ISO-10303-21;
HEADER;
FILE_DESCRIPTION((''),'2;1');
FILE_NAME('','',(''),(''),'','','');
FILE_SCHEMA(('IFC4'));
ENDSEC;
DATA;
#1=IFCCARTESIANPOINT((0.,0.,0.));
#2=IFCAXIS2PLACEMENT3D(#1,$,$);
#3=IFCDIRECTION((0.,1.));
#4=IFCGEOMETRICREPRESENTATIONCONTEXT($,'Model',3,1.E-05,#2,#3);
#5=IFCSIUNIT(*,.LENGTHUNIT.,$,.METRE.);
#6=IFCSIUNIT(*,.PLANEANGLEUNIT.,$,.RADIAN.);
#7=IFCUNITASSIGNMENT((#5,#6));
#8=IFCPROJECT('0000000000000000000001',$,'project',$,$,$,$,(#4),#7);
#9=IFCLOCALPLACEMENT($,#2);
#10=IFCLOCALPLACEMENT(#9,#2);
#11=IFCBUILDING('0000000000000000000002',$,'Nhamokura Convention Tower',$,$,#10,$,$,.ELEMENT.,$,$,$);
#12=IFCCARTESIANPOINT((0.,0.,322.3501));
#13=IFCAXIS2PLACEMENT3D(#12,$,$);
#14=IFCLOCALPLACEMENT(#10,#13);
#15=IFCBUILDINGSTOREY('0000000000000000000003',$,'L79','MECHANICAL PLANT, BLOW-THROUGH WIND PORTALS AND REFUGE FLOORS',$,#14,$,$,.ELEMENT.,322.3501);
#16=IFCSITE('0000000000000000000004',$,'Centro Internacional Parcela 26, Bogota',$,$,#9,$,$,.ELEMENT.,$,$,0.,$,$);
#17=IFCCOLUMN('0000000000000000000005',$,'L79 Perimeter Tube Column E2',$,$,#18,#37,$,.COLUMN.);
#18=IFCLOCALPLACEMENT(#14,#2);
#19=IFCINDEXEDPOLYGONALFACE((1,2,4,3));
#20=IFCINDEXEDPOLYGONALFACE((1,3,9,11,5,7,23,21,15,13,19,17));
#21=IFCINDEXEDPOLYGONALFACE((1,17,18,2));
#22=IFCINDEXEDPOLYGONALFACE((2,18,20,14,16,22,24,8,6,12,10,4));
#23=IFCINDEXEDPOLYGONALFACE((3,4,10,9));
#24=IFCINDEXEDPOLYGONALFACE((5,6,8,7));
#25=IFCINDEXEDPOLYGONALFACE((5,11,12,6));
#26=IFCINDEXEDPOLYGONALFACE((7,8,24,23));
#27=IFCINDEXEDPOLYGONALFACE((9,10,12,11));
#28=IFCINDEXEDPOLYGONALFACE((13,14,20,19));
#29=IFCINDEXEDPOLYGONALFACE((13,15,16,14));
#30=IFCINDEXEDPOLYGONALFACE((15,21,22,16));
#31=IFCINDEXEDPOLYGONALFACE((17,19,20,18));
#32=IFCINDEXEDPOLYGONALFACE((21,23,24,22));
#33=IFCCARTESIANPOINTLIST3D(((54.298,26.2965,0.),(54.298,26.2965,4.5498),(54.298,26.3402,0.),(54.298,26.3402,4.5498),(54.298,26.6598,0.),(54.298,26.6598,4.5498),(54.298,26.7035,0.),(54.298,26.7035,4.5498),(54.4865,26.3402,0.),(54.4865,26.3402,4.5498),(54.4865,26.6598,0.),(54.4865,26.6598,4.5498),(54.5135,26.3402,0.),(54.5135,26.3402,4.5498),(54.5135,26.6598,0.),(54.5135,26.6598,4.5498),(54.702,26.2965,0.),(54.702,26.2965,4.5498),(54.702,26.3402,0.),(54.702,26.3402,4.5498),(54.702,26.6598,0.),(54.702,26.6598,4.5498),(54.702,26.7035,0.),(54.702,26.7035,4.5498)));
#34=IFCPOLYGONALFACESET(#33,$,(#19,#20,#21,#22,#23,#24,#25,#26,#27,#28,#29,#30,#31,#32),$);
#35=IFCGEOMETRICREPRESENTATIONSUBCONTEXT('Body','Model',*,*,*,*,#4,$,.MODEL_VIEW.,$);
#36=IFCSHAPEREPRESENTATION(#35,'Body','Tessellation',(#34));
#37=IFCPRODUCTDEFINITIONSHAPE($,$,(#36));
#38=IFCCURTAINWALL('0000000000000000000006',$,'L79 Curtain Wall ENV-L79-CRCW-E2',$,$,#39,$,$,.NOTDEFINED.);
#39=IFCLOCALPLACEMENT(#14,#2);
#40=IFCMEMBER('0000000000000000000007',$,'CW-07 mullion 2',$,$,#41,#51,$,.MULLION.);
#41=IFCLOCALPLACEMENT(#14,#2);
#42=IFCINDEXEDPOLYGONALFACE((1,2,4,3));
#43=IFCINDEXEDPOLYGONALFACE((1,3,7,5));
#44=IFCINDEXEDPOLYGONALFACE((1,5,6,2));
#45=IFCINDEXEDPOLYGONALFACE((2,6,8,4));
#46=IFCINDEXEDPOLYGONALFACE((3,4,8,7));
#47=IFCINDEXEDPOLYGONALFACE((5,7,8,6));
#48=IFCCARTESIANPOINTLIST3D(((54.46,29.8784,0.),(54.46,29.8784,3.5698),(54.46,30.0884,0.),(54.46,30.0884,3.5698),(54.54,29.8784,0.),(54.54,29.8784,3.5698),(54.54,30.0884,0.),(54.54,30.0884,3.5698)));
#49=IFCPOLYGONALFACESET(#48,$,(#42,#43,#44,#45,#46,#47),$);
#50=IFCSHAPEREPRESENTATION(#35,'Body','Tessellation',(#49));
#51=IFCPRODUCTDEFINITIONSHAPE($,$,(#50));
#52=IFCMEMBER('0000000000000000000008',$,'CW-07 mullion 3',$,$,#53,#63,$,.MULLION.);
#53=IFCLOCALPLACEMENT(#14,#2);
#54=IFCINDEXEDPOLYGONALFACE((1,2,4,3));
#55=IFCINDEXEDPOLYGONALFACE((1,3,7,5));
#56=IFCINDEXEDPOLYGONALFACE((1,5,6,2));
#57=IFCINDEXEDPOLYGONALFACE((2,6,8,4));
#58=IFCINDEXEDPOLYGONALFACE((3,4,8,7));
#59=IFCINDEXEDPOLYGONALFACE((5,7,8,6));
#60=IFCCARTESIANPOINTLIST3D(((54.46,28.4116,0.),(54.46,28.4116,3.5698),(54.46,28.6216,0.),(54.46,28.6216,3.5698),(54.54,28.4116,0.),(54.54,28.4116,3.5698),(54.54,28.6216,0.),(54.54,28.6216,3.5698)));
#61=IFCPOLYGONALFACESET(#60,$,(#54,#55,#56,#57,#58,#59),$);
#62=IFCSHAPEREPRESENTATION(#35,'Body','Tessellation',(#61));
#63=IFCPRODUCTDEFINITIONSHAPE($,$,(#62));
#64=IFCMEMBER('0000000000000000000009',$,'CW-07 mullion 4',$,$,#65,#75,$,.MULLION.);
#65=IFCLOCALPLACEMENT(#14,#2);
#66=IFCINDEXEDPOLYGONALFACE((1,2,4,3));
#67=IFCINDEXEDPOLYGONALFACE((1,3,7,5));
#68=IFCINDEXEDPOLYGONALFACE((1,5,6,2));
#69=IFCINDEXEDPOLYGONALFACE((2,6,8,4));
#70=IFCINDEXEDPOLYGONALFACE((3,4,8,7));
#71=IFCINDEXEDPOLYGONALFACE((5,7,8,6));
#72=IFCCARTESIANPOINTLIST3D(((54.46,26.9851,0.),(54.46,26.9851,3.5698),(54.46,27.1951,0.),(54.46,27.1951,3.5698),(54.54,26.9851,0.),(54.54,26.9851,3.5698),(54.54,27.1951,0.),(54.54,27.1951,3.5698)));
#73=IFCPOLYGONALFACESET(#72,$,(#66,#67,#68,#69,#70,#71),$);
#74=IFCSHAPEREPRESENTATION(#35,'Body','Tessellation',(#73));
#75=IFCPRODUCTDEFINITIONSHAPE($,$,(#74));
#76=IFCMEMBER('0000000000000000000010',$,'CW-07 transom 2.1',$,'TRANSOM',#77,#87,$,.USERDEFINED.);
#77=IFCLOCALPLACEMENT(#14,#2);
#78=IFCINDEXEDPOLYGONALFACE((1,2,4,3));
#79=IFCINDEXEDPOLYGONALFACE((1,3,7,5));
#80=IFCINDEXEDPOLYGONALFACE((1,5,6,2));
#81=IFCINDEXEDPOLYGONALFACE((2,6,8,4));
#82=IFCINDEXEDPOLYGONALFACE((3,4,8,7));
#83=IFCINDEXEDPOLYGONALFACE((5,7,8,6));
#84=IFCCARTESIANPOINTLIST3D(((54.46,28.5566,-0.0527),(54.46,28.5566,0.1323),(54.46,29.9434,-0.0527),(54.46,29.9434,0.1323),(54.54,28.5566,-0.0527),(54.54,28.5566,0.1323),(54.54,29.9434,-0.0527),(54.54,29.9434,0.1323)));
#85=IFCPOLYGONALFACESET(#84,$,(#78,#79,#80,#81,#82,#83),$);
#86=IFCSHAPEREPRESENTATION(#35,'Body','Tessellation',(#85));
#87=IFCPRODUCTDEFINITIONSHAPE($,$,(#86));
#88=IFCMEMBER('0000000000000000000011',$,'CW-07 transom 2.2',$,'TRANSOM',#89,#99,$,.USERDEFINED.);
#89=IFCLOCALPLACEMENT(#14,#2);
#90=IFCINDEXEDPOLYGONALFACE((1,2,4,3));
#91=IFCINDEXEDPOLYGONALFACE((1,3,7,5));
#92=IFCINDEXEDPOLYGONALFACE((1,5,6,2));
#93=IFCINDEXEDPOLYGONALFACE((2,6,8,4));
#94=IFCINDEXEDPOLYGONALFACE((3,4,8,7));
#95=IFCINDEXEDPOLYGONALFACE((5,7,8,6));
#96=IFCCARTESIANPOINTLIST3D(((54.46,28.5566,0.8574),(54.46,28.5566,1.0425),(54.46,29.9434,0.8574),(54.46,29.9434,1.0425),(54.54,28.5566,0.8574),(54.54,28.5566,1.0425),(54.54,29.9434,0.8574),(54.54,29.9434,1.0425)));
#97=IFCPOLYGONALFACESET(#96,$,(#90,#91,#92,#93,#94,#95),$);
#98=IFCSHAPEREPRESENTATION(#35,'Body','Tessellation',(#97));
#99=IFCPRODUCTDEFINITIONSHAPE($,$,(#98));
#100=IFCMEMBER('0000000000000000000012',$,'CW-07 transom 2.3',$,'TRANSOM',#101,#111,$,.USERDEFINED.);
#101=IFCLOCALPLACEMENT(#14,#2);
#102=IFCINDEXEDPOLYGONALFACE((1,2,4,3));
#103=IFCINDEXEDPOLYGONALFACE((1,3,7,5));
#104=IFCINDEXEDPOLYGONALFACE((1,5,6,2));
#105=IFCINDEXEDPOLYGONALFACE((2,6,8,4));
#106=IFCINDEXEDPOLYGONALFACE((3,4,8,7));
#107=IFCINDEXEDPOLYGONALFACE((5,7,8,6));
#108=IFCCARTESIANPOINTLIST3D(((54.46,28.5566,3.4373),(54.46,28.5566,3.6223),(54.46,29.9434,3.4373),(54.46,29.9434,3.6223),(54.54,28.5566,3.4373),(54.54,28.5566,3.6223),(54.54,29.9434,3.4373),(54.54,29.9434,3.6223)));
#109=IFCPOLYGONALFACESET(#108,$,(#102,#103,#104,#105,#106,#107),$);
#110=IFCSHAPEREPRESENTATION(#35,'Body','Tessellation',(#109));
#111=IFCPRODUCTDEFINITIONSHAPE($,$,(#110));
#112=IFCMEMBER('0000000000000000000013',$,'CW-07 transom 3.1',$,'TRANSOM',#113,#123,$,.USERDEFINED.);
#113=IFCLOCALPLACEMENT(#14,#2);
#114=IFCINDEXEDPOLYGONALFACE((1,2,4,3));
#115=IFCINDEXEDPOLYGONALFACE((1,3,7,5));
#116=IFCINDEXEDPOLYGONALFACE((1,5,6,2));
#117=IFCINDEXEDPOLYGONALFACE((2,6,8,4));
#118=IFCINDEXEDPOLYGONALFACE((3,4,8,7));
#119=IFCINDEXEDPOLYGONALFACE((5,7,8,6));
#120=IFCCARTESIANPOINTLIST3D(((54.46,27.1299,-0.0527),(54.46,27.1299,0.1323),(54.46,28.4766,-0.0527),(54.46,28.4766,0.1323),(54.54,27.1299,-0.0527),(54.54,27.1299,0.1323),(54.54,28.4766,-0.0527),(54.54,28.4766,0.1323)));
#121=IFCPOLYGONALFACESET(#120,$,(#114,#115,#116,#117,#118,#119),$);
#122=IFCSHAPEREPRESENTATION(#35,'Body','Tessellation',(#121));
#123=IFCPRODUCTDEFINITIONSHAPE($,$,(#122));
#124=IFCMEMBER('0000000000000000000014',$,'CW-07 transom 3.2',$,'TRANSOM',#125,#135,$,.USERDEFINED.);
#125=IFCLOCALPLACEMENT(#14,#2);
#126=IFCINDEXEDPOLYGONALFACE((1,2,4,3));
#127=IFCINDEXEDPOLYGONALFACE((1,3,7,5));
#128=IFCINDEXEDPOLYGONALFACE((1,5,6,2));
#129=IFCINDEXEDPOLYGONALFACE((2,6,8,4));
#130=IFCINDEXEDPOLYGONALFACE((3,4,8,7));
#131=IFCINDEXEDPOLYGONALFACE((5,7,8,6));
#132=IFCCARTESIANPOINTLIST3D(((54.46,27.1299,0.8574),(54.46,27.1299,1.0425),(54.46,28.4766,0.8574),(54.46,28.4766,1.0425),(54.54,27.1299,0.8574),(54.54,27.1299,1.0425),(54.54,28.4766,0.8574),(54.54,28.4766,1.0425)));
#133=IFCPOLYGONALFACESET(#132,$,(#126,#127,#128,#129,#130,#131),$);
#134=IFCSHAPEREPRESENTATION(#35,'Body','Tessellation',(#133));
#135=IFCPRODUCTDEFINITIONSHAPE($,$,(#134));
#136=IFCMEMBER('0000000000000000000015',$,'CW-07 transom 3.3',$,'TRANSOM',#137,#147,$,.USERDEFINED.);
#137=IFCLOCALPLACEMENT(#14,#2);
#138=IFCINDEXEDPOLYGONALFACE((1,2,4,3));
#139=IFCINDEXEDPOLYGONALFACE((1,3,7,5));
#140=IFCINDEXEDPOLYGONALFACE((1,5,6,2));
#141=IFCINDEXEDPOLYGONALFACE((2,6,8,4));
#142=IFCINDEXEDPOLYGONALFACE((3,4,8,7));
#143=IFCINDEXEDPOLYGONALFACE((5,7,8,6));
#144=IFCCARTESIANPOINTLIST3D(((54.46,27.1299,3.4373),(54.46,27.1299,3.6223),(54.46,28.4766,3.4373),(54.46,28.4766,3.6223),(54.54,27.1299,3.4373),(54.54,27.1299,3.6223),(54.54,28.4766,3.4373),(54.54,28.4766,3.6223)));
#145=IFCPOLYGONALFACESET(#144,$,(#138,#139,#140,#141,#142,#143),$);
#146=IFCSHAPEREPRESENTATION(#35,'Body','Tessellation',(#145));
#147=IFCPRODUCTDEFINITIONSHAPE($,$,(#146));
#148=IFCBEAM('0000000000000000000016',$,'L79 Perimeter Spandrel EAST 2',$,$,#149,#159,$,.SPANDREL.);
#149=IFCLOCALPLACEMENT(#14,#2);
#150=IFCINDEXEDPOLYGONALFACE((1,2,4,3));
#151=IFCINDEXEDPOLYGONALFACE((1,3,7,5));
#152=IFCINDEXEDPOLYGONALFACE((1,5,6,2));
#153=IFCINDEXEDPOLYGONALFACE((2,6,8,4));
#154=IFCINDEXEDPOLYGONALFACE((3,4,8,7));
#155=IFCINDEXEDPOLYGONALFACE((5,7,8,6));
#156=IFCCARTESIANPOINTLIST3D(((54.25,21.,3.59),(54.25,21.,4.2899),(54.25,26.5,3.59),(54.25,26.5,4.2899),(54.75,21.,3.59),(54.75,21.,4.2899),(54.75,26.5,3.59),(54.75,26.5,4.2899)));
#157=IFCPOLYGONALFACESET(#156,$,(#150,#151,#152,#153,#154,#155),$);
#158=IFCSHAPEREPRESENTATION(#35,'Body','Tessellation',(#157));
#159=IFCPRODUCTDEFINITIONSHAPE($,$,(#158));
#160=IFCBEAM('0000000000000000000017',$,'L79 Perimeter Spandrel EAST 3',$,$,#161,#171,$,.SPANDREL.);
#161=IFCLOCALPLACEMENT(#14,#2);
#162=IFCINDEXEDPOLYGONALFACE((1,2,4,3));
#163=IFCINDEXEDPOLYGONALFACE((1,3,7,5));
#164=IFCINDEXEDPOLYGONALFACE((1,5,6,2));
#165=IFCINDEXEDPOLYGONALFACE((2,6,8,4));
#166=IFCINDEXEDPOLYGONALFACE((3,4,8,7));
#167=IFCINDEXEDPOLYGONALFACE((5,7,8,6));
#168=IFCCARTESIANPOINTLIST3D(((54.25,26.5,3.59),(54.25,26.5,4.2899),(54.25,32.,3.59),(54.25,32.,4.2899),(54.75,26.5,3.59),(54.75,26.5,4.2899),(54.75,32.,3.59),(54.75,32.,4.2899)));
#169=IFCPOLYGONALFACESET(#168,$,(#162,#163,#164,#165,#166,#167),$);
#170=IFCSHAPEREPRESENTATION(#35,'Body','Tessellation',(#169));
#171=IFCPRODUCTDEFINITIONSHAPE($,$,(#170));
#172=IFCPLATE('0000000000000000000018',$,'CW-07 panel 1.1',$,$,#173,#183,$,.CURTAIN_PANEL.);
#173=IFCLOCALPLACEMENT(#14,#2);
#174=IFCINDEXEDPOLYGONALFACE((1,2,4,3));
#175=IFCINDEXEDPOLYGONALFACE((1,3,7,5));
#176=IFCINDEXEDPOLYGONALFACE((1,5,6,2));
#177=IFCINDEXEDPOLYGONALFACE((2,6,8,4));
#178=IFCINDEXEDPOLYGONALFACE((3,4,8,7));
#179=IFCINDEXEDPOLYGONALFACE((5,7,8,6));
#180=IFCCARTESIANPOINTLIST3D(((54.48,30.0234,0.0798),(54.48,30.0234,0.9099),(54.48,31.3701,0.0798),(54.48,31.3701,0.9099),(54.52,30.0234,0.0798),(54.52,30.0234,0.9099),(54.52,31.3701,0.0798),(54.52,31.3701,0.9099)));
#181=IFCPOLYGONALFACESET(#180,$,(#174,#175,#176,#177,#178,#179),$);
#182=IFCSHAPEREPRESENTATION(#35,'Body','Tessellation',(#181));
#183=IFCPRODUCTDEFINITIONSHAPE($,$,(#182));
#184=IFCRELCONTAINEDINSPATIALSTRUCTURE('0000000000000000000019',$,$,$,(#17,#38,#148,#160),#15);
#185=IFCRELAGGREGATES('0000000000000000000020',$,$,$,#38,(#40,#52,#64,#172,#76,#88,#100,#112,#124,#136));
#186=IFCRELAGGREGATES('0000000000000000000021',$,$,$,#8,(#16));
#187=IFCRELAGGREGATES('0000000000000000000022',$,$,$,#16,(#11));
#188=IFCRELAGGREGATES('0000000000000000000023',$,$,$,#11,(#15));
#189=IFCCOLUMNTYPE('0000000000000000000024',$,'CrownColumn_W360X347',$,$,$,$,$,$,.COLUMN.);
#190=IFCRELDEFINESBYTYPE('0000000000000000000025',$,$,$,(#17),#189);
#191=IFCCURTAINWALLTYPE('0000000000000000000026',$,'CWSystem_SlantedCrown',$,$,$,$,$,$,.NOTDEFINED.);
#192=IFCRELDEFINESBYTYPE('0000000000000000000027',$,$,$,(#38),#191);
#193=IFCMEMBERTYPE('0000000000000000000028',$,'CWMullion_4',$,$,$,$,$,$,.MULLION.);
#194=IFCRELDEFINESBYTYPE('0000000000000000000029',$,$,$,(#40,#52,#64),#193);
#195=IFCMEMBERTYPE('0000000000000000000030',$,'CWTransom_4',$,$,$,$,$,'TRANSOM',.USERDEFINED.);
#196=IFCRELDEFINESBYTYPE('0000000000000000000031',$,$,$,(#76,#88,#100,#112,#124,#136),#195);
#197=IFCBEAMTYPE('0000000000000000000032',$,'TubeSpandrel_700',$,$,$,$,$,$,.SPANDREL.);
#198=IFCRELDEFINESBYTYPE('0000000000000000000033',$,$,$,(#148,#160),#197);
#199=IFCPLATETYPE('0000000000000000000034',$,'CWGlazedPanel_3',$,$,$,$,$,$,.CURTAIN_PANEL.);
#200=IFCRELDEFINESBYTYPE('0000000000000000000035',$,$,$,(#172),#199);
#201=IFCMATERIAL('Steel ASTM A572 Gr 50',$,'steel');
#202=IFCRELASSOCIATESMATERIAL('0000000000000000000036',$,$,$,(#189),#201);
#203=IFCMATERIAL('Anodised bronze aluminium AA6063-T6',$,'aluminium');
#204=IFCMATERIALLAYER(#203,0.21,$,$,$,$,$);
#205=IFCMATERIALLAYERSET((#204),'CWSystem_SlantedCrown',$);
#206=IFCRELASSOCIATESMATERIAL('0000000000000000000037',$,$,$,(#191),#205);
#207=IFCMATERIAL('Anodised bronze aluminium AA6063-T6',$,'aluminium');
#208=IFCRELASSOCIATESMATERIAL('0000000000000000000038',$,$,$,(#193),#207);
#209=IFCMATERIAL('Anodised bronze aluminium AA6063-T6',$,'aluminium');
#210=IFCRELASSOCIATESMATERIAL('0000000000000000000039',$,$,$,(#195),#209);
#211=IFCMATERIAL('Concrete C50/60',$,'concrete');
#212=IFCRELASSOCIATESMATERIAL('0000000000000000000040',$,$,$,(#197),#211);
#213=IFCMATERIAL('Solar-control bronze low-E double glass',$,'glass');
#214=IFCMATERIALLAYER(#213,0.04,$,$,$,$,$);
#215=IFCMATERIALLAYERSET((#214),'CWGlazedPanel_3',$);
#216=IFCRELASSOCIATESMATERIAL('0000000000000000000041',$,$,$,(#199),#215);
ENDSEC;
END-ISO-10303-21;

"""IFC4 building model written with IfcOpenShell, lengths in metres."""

from ifc_helpers import new_model, si_unit, direction, frame, origin, origin_2d, place, context, subcontext, project, spatial, rectangle, i_section, extrude, material, layer, layer_set, material_profile, profile_set, type_object, element, aggregate, save


model = new_model("IFC4")

# Units and contexts
model_context = context("Model", 3, precision=1e-05, world=origin(), true_north=direction((0.0, 1.0)))
body_context = subcontext(model_context, "Body", "Model", "MODEL_VIEW")
ifc_project = project(units=[si_unit("LENGTHUNIT", "METRE"), si_unit("PLANEANGLEUNIT", "RADIAN")], contexts=[model_context])

# Site, building, storey
site_placement = place(None, origin())
site = spatial("IfcSite", under=ifc_project, at=site_placement, Name="Centro Internacional Parcela 26, Bogota", CompositionType="ELEMENT", RefElevation=0.0)
building_placement = place(site_placement, origin())
building = spatial("IfcBuilding", under=site, at=building_placement, Name="Nhamokura Convention Tower", CompositionType="ELEMENT")
storey_placement = place(building_placement, frame((0.0, 0.0, 322.3501)))
storey = spatial("IfcBuildingStorey", under=building, at=storey_placement, Name="L79", Description="MECHANICAL PLANT, BLOW-THROUGH WIND PORTALS AND REFUGE FLOORS", CompositionType="ELEMENT", Elevation=322.3501)

# Column
ifc_material_1 = material(Name="Steel ASTM A572 Gr 50", Category="steel")
ifc_material_profile_1 = material_profile(ifc_material_1, i_section(OverallWidth=0.4041, OverallDepth=0.407, WebThickness=0.0271, FlangeThickness=0.0437, at=origin_2d()))
ifc_profile_set_1 = profile_set([ifc_material_profile_1], Name="Steel ASTM A572 Gr 50")
column_type = type_object("IfcColumnType", Name="CrownColumn_W360X347", PredefinedType="COLUMN", material=ifc_profile_set_1)
column_placement = place(storey_placement, frame((54.5, 26.5, 0.0), z_axis=(0.0, 0.0, 1.0), x_axis=(1.0, 0.0, 0.0)))
element("IfcColumn", 1, at=column_placement, inside=storey, type_object=column_type, Name="L79 Perimeter Tube Column E2", PredefinedType="COLUMN", context=body_context, shape_type="SweptSolid", body=[
    extrude(i_section(OverallWidth=0.4041, OverallDepth=0.407, WebThickness=0.0271, FlangeThickness=0.0437, at=origin_2d()), origin(), (0.0, 0.0, 1.0), 4.5498),
])

# Curtain wall, members
ifc_material_2 = material(Name="Anodised bronze aluminium AA6063-T6", Category="aluminium")
ifc_layer_1 = layer(ifc_material_2, 0.21)
ifc_layer_set_1 = layer_set([ifc_layer_1], Name="CWSystem_SlantedCrown")
curtain_wall_type = type_object("IfcCurtainWallType", Name="CWSystem_SlantedCrown", PredefinedType="NOTDEFINED", material=ifc_layer_set_1)
curtain_wall_placement = place(storey_placement, origin())
curtain_wall = element("IfcCurtainWall", 2, at=curtain_wall_placement, inside=storey, type_object=curtain_wall_type, Name="L79 Curtain Wall ENV-L79-CRCW-E2", PredefinedType="NOTDEFINED")
ifc_material_3 = material(Name="Anodised bronze aluminium AA6063-T6", Category="aluminium")
ifc_material_profile_2 = material_profile(ifc_material_3, rectangle(XDim=0.0801, YDim=0.21, at=origin_2d()))
ifc_profile_set_2 = profile_set([ifc_material_profile_2], Name="Anodised bronze aluminium AA6063-T6")
member_type_1 = type_object("IfcMemberType", Name="CWMullion_4", PredefinedType="MULLION", material=ifc_profile_set_2)
member_1_placement = place(storey_placement, frame((54.5, 29.9834, 0.0), z_axis=(0.0, 0.0, 1.0), x_axis=(1.0, 0.0, 0.0)))
member_1 = element("IfcMember", 3, at=member_1_placement, type_object=member_type_1, Name="CW-07 mullion 2", PredefinedType="MULLION", context=body_context, shape_type="SweptSolid", body=[
    extrude(rectangle(XDim=0.0801, YDim=0.21, at=origin_2d()), origin(), (0.0, 0.0, 1.0), 3.5698),
])
member_2_placement = place(storey_placement, frame((54.5, 28.5166, 0.0), z_axis=(0.0, 0.0, 1.0), x_axis=(1.0, 0.0, 0.0)))
member_2 = element("IfcMember", 4, at=member_2_placement, type_object=member_type_1, Name="CW-07 mullion 3", PredefinedType="MULLION", context=body_context, shape_type="SweptSolid", body=[
    extrude(rectangle(XDim=0.0801, YDim=0.21, at=origin_2d()), origin(), (0.0, 0.0, 1.0), 3.5698),
])
member_3_placement = place(storey_placement, frame((54.5, 27.0901, 0.0), z_axis=(0.0, 0.0, 1.0), x_axis=(1.0, 0.0, 0.0)))
member_3 = element("IfcMember", 5, at=member_3_placement, type_object=member_type_1, Name="CW-07 mullion 4", PredefinedType="MULLION", context=body_context, shape_type="SweptSolid", body=[
    extrude(rectangle(XDim=0.0801, YDim=0.21, at=origin_2d()), origin(), (0.0, 0.0, 1.0), 3.5698),
])
ifc_material_4 = material(Name="Anodised bronze aluminium AA6063-T6", Category="aluminium")
ifc_material_profile_3 = material_profile(ifc_material_4, rectangle(XDim=0.0801, YDim=0.1851, at=origin_2d()))
ifc_profile_set_3 = profile_set([ifc_material_profile_3], Name="Anodised bronze aluminium AA6063-T6")
member_type_2 = type_object("IfcMemberType", Name="CWTransom_4", ElementType="TRANSOM", PredefinedType="USERDEFINED", material=ifc_profile_set_3)
member_4_placement = place(storey_placement, frame((54.5, 29.9434, 0.0398), z_axis=(0.0, -1.0, 0.0), x_axis=(1.0, 0.0, 0.0)))
member_4 = element("IfcMember", 6, at=member_4_placement, type_object=member_type_2, Name="CW-07 transom 2.1", ObjectType="TRANSOM", PredefinedType="USERDEFINED", context=body_context, shape_type="SweptSolid", body=[
    extrude(rectangle(XDim=0.0801, YDim=0.1851, at=origin_2d()), origin(), (0.0, 0.0, 1.0), 1.3867),
])
member_5_placement = place(storey_placement, frame((54.5, 29.9434, 0.95), z_axis=(0.0, -1.0, 0.0), x_axis=(1.0, 0.0, 0.0)))
member_5 = element("IfcMember", 7, at=member_5_placement, type_object=member_type_2, Name="CW-07 transom 2.2", ObjectType="TRANSOM", PredefinedType="USERDEFINED", context=body_context, shape_type="SweptSolid", body=[
    extrude(rectangle(XDim=0.0801, YDim=0.1851, at=origin_2d()), origin(), (0.0, 0.0, 1.0), 1.3867),
])
member_6_placement = place(storey_placement, frame((54.5, 29.9434, 3.5298), z_axis=(0.0, -1.0, 0.0), x_axis=(1.0, 0.0, 0.0)))
member_6 = element("IfcMember", 8, at=member_6_placement, type_object=member_type_2, Name="CW-07 transom 2.3", ObjectType="TRANSOM", PredefinedType="USERDEFINED", context=body_context, shape_type="SweptSolid", body=[
    extrude(rectangle(XDim=0.0801, YDim=0.1851, at=origin_2d()), origin(), (0.0, 0.0, 1.0), 1.3867),
])
member_7_placement = place(storey_placement, frame((54.5, 28.4766, 0.0398), z_axis=(0.0, -1.0, 0.0), x_axis=(1.0, 0.0, 0.0)))
member_7 = element("IfcMember", 9, at=member_7_placement, type_object=member_type_2, Name="CW-07 transom 3.1", ObjectType="TRANSOM", PredefinedType="USERDEFINED", context=body_context, shape_type="SweptSolid", body=[
    extrude(rectangle(XDim=0.0801, YDim=0.1851, at=origin_2d()), origin(), (0.0, 0.0, 1.0), 1.3467),
])
member_8_placement = place(storey_placement, frame((54.5, 28.4766, 0.95), z_axis=(0.0, -1.0, 0.0), x_axis=(1.0, 0.0, 0.0)))
member_8 = element("IfcMember", 10, at=member_8_placement, type_object=member_type_2, Name="CW-07 transom 3.2", ObjectType="TRANSOM", PredefinedType="USERDEFINED", context=body_context, shape_type="SweptSolid", body=[
    extrude(rectangle(XDim=0.0801, YDim=0.1851, at=origin_2d()), origin(), (0.0, 0.0, 1.0), 1.3467),
])
member_9_placement = place(storey_placement, frame((54.5, 28.4766, 3.5298), z_axis=(0.0, -1.0, 0.0), x_axis=(1.0, 0.0, 0.0)))
member_9 = element("IfcMember", 11, at=member_9_placement, type_object=member_type_2, Name="CW-07 transom 3.3", ObjectType="TRANSOM", PredefinedType="USERDEFINED", context=body_context, shape_type="SweptSolid", body=[
    extrude(rectangle(XDim=0.0801, YDim=0.1851, at=origin_2d()), origin(), (0.0, 0.0, 1.0), 1.3467),
])

# Beams
ifc_material_5 = material(Name="Concrete C50/60", Category="concrete")
ifc_material_profile_4 = material_profile(ifc_material_5, rectangle(XDim=0.5, YDim=0.7, at=origin_2d()))
ifc_profile_set_4 = profile_set([ifc_material_profile_4], Name="Concrete C50/60")
beam_type = type_object("IfcBeamType", Name="TubeSpandrel_700", PredefinedType="SPANDREL", material=ifc_profile_set_4)
for number, where, z_axis, x_axis, name in (
    (12, (54.5, 21.0, 3.9399), (0.0, 1.0, 0.0), (-1.0, 0.0, 0.0), "L79 Perimeter Spandrel EAST 2"),
    (13, (54.5, 26.5, 3.9399), (0.0, 1.0, 0.0), (-1.0, 0.0, 0.0), "L79 Perimeter Spandrel EAST 3"),
):
    element("IfcBeam", number, at=place(storey_placement, frame(where, z_axis=z_axis, x_axis=x_axis)), inside=storey, type_object=beam_type, Name=name, PredefinedType="SPANDREL", context=body_context, shape_type="SweptSolid", body=[
        extrude(rectangle(XDim=0.5, YDim=0.7, at=origin_2d()), origin(), (0.0, 0.0, 1.0), 5.5),
    ])

# Plate
ifc_material_6 = material(Name="Solar-control bronze low-E double glass", Category="glass")
ifc_layer_2 = layer(ifc_material_6, 0.04)
ifc_layer_set_2 = layer_set([ifc_layer_2], Name="CWGlazedPanel_3")
plate_type = type_object("IfcPlateType", Name="CWGlazedPanel_3", PredefinedType="CURTAIN_PANEL", material=ifc_layer_set_2)
plate_1_placement = place(storey_placement, frame((54.5, 30.6968, 0.0798), z_axis=(0.0, 0.0, 1.0), x_axis=(0.0, -1.0, 0.0)))
plate_1 = element("IfcPlate", 14, at=plate_1_placement, type_object=plate_type, Name="CW-07 panel 1.1", PredefinedType="CURTAIN_PANEL", context=body_context, shape_type="SweptSolid", body=[
    extrude(rectangle(XDim=1.3467, YDim=0.04, at=origin_2d()), origin(), (0.0, 0.0, 1.0), 0.8301),
])
aggregate(curtain_wall, [member_1, member_2, member_3, plate_1, member_4, member_5, member_6, member_7, member_8, member_9])

save(model, "model.ifc")
